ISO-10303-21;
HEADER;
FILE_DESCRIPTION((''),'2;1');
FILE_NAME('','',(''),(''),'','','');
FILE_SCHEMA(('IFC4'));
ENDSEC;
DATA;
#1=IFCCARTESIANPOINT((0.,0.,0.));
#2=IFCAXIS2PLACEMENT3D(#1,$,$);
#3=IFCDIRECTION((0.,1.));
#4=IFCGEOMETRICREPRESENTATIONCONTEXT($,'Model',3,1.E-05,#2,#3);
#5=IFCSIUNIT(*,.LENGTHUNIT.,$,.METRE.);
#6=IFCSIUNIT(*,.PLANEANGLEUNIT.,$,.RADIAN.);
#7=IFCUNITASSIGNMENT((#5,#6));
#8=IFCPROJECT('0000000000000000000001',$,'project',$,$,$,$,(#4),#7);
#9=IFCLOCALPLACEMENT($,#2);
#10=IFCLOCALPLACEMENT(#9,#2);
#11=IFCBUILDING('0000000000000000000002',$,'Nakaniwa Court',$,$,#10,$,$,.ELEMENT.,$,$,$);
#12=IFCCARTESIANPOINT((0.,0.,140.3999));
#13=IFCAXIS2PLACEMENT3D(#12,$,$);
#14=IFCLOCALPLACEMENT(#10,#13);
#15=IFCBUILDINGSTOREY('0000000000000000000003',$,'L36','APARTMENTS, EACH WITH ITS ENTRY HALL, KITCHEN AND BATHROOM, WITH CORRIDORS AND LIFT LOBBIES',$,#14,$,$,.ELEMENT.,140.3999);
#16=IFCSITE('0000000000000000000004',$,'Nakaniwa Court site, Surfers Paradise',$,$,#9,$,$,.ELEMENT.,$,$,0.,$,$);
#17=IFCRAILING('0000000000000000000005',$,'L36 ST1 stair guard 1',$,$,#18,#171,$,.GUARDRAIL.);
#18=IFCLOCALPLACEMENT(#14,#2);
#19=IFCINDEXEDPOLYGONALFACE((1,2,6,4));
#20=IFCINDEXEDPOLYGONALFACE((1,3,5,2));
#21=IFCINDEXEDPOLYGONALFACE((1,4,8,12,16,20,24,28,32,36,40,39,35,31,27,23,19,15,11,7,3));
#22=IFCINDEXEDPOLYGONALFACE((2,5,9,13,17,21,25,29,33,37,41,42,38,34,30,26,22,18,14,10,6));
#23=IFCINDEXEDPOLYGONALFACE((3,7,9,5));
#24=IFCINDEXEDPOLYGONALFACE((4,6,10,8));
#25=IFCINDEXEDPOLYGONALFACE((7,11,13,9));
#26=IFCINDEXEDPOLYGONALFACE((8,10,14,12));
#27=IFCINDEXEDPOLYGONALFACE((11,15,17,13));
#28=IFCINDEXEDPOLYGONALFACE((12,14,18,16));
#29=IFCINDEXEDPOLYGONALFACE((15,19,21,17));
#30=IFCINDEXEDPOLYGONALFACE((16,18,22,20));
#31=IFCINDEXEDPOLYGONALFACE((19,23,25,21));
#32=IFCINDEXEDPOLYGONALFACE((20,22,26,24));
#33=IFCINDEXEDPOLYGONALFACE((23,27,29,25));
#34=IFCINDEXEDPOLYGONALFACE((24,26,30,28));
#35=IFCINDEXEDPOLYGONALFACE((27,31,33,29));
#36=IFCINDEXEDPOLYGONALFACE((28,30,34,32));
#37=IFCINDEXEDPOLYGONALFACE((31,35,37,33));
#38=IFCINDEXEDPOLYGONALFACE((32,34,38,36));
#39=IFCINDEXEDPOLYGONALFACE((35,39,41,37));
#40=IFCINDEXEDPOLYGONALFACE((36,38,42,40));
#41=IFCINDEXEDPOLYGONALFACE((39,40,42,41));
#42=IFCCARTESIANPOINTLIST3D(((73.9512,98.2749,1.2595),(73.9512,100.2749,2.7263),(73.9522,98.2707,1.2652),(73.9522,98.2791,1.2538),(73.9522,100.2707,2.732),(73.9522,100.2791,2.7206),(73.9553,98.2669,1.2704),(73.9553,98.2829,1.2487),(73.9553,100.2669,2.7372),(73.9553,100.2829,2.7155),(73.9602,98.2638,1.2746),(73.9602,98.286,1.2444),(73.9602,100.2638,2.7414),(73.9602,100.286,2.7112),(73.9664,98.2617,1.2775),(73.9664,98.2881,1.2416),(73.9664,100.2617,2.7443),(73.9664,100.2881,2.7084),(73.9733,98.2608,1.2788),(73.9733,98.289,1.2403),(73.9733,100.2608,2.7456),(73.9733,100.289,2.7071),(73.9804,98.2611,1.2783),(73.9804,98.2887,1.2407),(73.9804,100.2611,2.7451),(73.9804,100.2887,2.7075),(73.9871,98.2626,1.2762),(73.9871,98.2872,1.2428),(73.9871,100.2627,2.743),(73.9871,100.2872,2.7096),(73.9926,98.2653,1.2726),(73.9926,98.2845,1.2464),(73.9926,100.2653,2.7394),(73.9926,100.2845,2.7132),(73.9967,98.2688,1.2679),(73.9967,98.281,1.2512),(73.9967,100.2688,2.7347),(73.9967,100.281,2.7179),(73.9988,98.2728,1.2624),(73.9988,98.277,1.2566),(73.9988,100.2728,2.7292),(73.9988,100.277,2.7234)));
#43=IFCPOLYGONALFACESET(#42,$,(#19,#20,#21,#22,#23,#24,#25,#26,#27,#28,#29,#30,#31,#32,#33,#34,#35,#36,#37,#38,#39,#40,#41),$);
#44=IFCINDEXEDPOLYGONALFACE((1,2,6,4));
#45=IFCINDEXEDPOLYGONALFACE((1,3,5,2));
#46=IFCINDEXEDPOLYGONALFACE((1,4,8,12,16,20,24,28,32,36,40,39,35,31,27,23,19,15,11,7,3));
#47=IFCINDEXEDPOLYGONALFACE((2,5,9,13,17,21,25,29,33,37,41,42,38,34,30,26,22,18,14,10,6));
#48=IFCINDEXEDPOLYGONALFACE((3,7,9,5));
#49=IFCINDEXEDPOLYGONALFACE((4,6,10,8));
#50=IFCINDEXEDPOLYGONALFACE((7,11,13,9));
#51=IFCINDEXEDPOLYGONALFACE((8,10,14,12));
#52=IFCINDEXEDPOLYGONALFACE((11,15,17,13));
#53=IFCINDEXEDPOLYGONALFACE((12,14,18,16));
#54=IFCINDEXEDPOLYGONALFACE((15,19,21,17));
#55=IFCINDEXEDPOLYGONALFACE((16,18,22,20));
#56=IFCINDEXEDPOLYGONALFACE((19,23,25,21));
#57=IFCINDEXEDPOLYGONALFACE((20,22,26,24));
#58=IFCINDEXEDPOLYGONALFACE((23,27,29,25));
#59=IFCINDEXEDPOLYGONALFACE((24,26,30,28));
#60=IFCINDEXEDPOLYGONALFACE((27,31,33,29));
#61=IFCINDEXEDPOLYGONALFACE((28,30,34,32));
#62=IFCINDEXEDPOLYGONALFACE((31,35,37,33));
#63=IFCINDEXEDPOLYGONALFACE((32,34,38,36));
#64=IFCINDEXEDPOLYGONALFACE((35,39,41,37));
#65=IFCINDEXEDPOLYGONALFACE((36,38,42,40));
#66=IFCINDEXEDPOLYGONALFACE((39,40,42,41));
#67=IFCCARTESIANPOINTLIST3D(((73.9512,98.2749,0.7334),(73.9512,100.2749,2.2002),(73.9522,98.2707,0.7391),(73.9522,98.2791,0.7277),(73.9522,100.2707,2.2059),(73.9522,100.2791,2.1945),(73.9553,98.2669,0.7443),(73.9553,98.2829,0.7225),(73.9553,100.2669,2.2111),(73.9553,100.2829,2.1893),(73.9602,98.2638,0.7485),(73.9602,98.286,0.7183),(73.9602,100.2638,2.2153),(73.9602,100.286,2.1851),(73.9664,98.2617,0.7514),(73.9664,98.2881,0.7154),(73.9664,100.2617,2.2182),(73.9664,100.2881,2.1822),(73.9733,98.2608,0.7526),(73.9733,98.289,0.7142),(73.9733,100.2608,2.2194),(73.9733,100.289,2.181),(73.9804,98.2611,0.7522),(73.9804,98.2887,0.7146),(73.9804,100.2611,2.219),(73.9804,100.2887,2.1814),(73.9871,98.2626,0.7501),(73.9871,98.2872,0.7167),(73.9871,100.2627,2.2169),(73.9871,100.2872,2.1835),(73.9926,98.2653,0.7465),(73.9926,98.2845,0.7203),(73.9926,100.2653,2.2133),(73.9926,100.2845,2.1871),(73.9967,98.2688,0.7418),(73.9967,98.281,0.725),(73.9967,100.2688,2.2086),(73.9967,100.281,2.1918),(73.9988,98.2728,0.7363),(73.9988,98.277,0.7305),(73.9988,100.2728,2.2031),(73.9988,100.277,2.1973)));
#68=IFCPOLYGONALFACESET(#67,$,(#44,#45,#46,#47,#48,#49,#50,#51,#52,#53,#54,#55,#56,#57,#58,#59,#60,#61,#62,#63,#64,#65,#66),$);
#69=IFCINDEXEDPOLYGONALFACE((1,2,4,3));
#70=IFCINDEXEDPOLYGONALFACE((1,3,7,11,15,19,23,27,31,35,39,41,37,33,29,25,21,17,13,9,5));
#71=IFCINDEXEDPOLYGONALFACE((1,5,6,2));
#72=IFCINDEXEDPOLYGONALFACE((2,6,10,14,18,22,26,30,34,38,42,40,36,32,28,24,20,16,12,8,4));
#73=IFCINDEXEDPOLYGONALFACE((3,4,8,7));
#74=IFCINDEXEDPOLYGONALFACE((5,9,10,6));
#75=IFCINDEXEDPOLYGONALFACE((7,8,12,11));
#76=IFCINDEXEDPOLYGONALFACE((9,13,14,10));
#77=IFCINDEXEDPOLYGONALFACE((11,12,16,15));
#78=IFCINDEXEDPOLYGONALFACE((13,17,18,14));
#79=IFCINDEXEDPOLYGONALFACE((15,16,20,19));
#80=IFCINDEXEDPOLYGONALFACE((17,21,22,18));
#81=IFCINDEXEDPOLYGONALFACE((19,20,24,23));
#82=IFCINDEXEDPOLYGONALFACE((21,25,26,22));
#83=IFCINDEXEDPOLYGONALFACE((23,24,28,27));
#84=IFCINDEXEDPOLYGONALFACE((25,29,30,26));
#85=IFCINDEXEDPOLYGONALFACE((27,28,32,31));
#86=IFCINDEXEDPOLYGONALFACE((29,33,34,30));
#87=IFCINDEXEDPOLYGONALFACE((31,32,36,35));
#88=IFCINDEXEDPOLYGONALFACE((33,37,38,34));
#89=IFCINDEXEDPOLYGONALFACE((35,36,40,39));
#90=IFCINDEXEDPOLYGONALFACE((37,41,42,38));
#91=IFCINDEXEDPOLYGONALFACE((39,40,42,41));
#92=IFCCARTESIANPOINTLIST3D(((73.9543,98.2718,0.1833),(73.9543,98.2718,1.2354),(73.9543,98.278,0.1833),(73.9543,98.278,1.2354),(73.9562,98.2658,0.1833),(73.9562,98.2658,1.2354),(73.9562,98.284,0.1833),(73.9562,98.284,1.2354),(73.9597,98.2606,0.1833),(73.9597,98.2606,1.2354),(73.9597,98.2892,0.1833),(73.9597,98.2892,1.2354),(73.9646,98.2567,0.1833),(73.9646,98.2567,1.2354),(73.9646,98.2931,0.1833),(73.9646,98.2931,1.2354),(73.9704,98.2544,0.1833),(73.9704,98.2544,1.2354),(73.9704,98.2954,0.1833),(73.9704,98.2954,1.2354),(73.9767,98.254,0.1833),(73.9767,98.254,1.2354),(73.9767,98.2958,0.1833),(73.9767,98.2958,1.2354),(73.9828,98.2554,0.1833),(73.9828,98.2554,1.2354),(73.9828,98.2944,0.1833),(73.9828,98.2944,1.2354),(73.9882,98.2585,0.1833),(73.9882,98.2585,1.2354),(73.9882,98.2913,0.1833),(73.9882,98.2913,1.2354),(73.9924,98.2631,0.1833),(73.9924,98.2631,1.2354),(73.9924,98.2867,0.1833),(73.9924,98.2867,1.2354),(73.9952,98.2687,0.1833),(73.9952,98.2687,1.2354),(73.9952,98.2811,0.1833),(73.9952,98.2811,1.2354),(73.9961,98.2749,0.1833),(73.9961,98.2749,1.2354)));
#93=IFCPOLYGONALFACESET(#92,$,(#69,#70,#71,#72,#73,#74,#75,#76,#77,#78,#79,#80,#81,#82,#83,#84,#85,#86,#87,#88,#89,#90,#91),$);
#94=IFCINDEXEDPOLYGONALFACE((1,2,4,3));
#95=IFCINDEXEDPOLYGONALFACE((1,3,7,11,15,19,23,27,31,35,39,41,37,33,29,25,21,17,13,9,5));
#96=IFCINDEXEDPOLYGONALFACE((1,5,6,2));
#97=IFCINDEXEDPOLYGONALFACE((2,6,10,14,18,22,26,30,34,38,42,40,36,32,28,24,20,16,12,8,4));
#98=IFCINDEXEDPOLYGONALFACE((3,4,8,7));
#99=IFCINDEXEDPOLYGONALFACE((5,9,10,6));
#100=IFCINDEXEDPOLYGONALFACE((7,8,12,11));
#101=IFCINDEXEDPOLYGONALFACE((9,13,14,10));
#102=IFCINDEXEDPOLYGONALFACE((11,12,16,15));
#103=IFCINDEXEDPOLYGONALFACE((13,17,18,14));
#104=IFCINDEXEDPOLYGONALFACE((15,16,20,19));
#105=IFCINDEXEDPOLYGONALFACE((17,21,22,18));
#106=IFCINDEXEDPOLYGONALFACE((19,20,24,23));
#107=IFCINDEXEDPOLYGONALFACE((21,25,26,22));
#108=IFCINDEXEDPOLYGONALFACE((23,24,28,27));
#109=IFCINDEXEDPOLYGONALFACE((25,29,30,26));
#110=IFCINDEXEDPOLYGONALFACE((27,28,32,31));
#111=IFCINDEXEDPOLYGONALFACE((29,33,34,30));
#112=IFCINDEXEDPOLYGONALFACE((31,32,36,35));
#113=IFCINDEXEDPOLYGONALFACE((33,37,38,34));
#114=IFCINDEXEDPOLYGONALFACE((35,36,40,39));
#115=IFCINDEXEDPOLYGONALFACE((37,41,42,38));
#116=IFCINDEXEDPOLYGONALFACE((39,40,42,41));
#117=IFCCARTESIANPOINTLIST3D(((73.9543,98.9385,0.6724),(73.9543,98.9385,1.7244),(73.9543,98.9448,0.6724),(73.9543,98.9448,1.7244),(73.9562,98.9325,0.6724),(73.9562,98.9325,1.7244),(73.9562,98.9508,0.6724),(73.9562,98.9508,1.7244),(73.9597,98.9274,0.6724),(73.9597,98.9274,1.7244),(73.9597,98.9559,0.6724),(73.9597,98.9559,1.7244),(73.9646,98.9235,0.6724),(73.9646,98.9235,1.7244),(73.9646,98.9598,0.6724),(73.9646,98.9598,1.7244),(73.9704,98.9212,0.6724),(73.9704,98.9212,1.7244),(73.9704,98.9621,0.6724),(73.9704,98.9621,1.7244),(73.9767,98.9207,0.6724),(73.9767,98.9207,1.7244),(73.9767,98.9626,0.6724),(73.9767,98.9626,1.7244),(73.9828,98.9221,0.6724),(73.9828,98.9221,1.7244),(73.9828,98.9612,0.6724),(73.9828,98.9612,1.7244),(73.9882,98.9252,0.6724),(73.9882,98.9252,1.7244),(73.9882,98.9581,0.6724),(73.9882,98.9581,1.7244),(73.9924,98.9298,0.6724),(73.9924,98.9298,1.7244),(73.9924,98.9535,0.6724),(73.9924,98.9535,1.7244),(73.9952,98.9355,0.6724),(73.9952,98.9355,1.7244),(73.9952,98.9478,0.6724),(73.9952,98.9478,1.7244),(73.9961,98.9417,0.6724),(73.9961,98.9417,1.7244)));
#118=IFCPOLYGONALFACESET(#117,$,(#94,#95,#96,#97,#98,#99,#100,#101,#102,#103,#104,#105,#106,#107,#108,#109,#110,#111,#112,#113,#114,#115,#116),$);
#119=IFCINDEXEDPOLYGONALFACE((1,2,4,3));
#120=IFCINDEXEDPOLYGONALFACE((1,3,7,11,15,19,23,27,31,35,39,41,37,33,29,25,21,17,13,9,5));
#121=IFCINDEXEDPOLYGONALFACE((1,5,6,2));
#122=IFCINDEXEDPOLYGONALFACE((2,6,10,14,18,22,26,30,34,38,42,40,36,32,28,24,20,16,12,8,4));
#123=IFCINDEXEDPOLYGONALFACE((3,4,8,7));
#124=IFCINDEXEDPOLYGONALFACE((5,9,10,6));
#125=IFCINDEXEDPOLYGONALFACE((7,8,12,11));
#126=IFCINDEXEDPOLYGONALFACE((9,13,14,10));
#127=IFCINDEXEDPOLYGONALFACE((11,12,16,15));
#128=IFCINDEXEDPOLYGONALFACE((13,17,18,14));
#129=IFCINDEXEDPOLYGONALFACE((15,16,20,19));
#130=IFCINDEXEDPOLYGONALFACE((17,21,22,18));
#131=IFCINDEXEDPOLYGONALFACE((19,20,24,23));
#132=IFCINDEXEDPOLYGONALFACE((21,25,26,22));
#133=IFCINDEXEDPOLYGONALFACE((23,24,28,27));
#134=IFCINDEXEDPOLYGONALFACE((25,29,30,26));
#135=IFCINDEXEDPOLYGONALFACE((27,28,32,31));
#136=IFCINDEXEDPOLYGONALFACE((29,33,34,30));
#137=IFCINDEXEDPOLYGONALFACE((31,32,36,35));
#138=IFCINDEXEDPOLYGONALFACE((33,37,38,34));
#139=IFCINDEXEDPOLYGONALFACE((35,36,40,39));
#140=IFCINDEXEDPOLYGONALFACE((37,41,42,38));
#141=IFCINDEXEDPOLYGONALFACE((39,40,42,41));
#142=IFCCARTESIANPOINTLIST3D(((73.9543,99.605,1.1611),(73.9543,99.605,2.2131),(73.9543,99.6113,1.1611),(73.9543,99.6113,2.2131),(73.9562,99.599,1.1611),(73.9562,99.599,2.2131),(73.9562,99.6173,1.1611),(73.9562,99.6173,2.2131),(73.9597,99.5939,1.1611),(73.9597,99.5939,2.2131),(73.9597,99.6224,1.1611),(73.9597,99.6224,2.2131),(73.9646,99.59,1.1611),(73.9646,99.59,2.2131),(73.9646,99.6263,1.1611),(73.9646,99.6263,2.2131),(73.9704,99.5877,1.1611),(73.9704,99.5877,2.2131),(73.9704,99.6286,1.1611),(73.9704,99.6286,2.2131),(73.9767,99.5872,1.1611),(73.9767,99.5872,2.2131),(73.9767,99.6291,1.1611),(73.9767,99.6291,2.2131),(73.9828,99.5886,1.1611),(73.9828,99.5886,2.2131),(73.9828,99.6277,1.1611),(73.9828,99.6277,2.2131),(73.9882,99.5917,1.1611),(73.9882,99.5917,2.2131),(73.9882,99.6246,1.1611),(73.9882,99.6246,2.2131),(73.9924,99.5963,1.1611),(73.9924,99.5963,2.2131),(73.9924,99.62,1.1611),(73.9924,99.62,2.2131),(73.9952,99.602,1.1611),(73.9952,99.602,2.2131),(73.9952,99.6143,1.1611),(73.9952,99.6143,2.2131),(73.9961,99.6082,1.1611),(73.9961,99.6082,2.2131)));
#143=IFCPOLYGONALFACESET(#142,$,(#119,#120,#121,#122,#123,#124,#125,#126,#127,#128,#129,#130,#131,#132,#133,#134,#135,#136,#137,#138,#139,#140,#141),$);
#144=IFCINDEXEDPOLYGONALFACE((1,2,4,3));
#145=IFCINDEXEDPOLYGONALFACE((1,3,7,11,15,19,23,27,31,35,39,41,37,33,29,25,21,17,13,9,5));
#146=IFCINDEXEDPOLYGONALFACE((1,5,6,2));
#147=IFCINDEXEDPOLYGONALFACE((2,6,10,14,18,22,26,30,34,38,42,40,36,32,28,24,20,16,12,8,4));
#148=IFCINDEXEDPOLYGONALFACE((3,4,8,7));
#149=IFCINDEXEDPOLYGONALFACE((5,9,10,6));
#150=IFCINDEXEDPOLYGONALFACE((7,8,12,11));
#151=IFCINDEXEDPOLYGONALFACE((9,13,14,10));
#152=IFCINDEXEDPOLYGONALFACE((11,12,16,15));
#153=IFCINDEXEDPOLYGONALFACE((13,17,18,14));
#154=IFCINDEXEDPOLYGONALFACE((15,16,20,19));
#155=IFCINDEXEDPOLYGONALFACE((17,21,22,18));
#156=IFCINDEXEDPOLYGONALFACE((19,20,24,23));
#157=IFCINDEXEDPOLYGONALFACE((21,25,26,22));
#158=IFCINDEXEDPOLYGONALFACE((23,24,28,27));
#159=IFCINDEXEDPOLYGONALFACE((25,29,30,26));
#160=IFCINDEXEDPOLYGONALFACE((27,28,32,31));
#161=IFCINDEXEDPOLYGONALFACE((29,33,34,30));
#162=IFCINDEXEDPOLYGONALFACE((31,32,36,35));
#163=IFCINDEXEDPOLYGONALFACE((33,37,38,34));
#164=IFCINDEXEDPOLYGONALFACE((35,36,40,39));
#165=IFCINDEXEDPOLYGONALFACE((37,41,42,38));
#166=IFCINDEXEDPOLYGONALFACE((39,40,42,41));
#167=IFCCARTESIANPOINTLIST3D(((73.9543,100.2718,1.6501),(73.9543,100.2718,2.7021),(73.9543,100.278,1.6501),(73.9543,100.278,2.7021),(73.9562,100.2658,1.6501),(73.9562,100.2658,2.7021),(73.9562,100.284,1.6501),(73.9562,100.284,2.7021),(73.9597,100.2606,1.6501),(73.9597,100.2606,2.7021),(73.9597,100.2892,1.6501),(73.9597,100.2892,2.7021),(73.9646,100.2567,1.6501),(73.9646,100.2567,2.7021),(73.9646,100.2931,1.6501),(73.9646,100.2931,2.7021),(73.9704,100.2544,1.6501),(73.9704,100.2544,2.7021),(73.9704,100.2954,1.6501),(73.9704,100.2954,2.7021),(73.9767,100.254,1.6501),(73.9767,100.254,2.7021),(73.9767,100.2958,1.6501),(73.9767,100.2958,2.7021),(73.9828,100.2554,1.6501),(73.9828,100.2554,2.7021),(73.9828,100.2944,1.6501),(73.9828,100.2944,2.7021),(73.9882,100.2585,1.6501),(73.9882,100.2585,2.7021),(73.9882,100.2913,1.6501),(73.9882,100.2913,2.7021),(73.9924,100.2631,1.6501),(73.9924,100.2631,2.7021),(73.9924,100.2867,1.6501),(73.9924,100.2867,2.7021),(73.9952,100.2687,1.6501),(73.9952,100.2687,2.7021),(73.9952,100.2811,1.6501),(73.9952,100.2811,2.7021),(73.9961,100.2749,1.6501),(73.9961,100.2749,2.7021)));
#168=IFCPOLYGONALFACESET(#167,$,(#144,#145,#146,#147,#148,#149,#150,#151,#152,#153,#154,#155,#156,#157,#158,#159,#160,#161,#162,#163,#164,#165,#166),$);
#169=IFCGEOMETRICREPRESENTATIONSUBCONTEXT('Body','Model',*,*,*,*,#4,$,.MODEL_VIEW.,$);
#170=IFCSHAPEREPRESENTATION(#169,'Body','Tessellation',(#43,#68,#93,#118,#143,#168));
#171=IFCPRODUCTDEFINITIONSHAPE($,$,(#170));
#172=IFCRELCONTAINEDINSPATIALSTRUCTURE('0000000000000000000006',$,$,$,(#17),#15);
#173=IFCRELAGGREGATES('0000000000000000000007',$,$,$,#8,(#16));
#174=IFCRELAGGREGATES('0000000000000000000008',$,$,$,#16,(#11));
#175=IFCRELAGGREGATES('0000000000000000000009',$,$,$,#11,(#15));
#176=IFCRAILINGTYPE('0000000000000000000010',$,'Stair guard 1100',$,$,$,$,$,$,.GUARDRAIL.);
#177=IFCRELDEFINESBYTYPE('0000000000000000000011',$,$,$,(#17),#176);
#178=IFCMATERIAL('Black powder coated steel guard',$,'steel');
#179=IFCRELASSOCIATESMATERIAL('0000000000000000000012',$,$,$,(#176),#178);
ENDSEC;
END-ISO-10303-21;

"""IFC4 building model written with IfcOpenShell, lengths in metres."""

from ifc_helpers import new_model, si_unit, direction, frame, origin, origin_2d, place, context, subcontext, project, spatial, circle, extrude, material, type_object, element, save


model = new_model("IFC4")

# Units and contexts
model_context = context("Model", 3, precision=1e-05, world=origin(), true_north=direction((0.0, 1.0)))
body_context = subcontext(model_context, "Body", "Model", "MODEL_VIEW")
ifc_project = project(units=[si_unit("LENGTHUNIT", "METRE"), si_unit("PLANEANGLEUNIT", "RADIAN")], contexts=[model_context])

# Site, building, storey
site_placement = place(None, origin())
site = spatial("IfcSite", under=ifc_project, at=site_placement, Name="Nakaniwa Court site, Surfers Paradise", CompositionType="ELEMENT", RefElevation=0.0)
building_placement = place(site_placement, origin())
building = spatial("IfcBuilding", under=site, at=building_placement, Name="Nakaniwa Court", CompositionType="ELEMENT")
storey_placement = place(building_placement, frame((0.0, 0.0, 140.3999)))
storey = spatial("IfcBuildingStorey", under=building, at=storey_placement, Name="L36", Description="APARTMENTS, EACH WITH ITS ENTRY HALL, KITCHEN AND BATHROOM, WITH CORRIDORS AND LIFT LOBBIES", CompositionType="ELEMENT", Elevation=140.3999)

# Railing
ifc_material_1 = material(Name="Black powder coated steel guard", Category="steel")
railing_type_1 = type_object("IfcRailingType", Name="Stair guard 1100", PredefinedType="GUARDRAIL", material=ifc_material_1)
railing_1_placement = place(storey_placement, frame((73.9751, 98.2749, 0.1833)))
element("IfcRailing", 1, at=railing_1_placement, inside=storey, type_object=railing_type_1, Name="L36 ST1 stair guard 1", PredefinedType="GUARDRAIL", context=body_context, shape_type="SweptSolid", body=[
    extrude(circle(Radius=0.0239, at=origin_2d()), frame((0.0, 0.0, 1.0762), z_axis=(0.0, 0.80638, 0.591398), x_axis=(-1.0, 0.0, 0.0)), (0.0, 0.0, 1.0), 2.4802),
    extrude(circle(Radius=0.0239, at=origin_2d()), frame((0.0, 0.0, 0.55), z_axis=(0.0, 0.80638, 0.591398), x_axis=(-1.0, 0.0, 0.0)), (0.0, 0.0, 1.0), 2.4802),
    extrude(circle(Radius=0.021, at=origin_2d()), origin(), (0.0, 0.0, 1.0), 1.052),
    extrude(circle(Radius=0.021, at=origin_2d()), frame((0.0, 0.6667, 0.489)), (0.0, 0.0, 1.0), 1.052),
    extrude(circle(Radius=0.021, at=origin_2d()), frame((0.0, 1.3333, 0.9778)), (0.0, 0.0, 1.0), 1.052),
    extrude(circle(Radius=0.021, at=origin_2d()), frame((0.0, 2.0, 1.4668)), (0.0, 0.0, 1.0), 1.052),
])

save(model, "model.ifc")
